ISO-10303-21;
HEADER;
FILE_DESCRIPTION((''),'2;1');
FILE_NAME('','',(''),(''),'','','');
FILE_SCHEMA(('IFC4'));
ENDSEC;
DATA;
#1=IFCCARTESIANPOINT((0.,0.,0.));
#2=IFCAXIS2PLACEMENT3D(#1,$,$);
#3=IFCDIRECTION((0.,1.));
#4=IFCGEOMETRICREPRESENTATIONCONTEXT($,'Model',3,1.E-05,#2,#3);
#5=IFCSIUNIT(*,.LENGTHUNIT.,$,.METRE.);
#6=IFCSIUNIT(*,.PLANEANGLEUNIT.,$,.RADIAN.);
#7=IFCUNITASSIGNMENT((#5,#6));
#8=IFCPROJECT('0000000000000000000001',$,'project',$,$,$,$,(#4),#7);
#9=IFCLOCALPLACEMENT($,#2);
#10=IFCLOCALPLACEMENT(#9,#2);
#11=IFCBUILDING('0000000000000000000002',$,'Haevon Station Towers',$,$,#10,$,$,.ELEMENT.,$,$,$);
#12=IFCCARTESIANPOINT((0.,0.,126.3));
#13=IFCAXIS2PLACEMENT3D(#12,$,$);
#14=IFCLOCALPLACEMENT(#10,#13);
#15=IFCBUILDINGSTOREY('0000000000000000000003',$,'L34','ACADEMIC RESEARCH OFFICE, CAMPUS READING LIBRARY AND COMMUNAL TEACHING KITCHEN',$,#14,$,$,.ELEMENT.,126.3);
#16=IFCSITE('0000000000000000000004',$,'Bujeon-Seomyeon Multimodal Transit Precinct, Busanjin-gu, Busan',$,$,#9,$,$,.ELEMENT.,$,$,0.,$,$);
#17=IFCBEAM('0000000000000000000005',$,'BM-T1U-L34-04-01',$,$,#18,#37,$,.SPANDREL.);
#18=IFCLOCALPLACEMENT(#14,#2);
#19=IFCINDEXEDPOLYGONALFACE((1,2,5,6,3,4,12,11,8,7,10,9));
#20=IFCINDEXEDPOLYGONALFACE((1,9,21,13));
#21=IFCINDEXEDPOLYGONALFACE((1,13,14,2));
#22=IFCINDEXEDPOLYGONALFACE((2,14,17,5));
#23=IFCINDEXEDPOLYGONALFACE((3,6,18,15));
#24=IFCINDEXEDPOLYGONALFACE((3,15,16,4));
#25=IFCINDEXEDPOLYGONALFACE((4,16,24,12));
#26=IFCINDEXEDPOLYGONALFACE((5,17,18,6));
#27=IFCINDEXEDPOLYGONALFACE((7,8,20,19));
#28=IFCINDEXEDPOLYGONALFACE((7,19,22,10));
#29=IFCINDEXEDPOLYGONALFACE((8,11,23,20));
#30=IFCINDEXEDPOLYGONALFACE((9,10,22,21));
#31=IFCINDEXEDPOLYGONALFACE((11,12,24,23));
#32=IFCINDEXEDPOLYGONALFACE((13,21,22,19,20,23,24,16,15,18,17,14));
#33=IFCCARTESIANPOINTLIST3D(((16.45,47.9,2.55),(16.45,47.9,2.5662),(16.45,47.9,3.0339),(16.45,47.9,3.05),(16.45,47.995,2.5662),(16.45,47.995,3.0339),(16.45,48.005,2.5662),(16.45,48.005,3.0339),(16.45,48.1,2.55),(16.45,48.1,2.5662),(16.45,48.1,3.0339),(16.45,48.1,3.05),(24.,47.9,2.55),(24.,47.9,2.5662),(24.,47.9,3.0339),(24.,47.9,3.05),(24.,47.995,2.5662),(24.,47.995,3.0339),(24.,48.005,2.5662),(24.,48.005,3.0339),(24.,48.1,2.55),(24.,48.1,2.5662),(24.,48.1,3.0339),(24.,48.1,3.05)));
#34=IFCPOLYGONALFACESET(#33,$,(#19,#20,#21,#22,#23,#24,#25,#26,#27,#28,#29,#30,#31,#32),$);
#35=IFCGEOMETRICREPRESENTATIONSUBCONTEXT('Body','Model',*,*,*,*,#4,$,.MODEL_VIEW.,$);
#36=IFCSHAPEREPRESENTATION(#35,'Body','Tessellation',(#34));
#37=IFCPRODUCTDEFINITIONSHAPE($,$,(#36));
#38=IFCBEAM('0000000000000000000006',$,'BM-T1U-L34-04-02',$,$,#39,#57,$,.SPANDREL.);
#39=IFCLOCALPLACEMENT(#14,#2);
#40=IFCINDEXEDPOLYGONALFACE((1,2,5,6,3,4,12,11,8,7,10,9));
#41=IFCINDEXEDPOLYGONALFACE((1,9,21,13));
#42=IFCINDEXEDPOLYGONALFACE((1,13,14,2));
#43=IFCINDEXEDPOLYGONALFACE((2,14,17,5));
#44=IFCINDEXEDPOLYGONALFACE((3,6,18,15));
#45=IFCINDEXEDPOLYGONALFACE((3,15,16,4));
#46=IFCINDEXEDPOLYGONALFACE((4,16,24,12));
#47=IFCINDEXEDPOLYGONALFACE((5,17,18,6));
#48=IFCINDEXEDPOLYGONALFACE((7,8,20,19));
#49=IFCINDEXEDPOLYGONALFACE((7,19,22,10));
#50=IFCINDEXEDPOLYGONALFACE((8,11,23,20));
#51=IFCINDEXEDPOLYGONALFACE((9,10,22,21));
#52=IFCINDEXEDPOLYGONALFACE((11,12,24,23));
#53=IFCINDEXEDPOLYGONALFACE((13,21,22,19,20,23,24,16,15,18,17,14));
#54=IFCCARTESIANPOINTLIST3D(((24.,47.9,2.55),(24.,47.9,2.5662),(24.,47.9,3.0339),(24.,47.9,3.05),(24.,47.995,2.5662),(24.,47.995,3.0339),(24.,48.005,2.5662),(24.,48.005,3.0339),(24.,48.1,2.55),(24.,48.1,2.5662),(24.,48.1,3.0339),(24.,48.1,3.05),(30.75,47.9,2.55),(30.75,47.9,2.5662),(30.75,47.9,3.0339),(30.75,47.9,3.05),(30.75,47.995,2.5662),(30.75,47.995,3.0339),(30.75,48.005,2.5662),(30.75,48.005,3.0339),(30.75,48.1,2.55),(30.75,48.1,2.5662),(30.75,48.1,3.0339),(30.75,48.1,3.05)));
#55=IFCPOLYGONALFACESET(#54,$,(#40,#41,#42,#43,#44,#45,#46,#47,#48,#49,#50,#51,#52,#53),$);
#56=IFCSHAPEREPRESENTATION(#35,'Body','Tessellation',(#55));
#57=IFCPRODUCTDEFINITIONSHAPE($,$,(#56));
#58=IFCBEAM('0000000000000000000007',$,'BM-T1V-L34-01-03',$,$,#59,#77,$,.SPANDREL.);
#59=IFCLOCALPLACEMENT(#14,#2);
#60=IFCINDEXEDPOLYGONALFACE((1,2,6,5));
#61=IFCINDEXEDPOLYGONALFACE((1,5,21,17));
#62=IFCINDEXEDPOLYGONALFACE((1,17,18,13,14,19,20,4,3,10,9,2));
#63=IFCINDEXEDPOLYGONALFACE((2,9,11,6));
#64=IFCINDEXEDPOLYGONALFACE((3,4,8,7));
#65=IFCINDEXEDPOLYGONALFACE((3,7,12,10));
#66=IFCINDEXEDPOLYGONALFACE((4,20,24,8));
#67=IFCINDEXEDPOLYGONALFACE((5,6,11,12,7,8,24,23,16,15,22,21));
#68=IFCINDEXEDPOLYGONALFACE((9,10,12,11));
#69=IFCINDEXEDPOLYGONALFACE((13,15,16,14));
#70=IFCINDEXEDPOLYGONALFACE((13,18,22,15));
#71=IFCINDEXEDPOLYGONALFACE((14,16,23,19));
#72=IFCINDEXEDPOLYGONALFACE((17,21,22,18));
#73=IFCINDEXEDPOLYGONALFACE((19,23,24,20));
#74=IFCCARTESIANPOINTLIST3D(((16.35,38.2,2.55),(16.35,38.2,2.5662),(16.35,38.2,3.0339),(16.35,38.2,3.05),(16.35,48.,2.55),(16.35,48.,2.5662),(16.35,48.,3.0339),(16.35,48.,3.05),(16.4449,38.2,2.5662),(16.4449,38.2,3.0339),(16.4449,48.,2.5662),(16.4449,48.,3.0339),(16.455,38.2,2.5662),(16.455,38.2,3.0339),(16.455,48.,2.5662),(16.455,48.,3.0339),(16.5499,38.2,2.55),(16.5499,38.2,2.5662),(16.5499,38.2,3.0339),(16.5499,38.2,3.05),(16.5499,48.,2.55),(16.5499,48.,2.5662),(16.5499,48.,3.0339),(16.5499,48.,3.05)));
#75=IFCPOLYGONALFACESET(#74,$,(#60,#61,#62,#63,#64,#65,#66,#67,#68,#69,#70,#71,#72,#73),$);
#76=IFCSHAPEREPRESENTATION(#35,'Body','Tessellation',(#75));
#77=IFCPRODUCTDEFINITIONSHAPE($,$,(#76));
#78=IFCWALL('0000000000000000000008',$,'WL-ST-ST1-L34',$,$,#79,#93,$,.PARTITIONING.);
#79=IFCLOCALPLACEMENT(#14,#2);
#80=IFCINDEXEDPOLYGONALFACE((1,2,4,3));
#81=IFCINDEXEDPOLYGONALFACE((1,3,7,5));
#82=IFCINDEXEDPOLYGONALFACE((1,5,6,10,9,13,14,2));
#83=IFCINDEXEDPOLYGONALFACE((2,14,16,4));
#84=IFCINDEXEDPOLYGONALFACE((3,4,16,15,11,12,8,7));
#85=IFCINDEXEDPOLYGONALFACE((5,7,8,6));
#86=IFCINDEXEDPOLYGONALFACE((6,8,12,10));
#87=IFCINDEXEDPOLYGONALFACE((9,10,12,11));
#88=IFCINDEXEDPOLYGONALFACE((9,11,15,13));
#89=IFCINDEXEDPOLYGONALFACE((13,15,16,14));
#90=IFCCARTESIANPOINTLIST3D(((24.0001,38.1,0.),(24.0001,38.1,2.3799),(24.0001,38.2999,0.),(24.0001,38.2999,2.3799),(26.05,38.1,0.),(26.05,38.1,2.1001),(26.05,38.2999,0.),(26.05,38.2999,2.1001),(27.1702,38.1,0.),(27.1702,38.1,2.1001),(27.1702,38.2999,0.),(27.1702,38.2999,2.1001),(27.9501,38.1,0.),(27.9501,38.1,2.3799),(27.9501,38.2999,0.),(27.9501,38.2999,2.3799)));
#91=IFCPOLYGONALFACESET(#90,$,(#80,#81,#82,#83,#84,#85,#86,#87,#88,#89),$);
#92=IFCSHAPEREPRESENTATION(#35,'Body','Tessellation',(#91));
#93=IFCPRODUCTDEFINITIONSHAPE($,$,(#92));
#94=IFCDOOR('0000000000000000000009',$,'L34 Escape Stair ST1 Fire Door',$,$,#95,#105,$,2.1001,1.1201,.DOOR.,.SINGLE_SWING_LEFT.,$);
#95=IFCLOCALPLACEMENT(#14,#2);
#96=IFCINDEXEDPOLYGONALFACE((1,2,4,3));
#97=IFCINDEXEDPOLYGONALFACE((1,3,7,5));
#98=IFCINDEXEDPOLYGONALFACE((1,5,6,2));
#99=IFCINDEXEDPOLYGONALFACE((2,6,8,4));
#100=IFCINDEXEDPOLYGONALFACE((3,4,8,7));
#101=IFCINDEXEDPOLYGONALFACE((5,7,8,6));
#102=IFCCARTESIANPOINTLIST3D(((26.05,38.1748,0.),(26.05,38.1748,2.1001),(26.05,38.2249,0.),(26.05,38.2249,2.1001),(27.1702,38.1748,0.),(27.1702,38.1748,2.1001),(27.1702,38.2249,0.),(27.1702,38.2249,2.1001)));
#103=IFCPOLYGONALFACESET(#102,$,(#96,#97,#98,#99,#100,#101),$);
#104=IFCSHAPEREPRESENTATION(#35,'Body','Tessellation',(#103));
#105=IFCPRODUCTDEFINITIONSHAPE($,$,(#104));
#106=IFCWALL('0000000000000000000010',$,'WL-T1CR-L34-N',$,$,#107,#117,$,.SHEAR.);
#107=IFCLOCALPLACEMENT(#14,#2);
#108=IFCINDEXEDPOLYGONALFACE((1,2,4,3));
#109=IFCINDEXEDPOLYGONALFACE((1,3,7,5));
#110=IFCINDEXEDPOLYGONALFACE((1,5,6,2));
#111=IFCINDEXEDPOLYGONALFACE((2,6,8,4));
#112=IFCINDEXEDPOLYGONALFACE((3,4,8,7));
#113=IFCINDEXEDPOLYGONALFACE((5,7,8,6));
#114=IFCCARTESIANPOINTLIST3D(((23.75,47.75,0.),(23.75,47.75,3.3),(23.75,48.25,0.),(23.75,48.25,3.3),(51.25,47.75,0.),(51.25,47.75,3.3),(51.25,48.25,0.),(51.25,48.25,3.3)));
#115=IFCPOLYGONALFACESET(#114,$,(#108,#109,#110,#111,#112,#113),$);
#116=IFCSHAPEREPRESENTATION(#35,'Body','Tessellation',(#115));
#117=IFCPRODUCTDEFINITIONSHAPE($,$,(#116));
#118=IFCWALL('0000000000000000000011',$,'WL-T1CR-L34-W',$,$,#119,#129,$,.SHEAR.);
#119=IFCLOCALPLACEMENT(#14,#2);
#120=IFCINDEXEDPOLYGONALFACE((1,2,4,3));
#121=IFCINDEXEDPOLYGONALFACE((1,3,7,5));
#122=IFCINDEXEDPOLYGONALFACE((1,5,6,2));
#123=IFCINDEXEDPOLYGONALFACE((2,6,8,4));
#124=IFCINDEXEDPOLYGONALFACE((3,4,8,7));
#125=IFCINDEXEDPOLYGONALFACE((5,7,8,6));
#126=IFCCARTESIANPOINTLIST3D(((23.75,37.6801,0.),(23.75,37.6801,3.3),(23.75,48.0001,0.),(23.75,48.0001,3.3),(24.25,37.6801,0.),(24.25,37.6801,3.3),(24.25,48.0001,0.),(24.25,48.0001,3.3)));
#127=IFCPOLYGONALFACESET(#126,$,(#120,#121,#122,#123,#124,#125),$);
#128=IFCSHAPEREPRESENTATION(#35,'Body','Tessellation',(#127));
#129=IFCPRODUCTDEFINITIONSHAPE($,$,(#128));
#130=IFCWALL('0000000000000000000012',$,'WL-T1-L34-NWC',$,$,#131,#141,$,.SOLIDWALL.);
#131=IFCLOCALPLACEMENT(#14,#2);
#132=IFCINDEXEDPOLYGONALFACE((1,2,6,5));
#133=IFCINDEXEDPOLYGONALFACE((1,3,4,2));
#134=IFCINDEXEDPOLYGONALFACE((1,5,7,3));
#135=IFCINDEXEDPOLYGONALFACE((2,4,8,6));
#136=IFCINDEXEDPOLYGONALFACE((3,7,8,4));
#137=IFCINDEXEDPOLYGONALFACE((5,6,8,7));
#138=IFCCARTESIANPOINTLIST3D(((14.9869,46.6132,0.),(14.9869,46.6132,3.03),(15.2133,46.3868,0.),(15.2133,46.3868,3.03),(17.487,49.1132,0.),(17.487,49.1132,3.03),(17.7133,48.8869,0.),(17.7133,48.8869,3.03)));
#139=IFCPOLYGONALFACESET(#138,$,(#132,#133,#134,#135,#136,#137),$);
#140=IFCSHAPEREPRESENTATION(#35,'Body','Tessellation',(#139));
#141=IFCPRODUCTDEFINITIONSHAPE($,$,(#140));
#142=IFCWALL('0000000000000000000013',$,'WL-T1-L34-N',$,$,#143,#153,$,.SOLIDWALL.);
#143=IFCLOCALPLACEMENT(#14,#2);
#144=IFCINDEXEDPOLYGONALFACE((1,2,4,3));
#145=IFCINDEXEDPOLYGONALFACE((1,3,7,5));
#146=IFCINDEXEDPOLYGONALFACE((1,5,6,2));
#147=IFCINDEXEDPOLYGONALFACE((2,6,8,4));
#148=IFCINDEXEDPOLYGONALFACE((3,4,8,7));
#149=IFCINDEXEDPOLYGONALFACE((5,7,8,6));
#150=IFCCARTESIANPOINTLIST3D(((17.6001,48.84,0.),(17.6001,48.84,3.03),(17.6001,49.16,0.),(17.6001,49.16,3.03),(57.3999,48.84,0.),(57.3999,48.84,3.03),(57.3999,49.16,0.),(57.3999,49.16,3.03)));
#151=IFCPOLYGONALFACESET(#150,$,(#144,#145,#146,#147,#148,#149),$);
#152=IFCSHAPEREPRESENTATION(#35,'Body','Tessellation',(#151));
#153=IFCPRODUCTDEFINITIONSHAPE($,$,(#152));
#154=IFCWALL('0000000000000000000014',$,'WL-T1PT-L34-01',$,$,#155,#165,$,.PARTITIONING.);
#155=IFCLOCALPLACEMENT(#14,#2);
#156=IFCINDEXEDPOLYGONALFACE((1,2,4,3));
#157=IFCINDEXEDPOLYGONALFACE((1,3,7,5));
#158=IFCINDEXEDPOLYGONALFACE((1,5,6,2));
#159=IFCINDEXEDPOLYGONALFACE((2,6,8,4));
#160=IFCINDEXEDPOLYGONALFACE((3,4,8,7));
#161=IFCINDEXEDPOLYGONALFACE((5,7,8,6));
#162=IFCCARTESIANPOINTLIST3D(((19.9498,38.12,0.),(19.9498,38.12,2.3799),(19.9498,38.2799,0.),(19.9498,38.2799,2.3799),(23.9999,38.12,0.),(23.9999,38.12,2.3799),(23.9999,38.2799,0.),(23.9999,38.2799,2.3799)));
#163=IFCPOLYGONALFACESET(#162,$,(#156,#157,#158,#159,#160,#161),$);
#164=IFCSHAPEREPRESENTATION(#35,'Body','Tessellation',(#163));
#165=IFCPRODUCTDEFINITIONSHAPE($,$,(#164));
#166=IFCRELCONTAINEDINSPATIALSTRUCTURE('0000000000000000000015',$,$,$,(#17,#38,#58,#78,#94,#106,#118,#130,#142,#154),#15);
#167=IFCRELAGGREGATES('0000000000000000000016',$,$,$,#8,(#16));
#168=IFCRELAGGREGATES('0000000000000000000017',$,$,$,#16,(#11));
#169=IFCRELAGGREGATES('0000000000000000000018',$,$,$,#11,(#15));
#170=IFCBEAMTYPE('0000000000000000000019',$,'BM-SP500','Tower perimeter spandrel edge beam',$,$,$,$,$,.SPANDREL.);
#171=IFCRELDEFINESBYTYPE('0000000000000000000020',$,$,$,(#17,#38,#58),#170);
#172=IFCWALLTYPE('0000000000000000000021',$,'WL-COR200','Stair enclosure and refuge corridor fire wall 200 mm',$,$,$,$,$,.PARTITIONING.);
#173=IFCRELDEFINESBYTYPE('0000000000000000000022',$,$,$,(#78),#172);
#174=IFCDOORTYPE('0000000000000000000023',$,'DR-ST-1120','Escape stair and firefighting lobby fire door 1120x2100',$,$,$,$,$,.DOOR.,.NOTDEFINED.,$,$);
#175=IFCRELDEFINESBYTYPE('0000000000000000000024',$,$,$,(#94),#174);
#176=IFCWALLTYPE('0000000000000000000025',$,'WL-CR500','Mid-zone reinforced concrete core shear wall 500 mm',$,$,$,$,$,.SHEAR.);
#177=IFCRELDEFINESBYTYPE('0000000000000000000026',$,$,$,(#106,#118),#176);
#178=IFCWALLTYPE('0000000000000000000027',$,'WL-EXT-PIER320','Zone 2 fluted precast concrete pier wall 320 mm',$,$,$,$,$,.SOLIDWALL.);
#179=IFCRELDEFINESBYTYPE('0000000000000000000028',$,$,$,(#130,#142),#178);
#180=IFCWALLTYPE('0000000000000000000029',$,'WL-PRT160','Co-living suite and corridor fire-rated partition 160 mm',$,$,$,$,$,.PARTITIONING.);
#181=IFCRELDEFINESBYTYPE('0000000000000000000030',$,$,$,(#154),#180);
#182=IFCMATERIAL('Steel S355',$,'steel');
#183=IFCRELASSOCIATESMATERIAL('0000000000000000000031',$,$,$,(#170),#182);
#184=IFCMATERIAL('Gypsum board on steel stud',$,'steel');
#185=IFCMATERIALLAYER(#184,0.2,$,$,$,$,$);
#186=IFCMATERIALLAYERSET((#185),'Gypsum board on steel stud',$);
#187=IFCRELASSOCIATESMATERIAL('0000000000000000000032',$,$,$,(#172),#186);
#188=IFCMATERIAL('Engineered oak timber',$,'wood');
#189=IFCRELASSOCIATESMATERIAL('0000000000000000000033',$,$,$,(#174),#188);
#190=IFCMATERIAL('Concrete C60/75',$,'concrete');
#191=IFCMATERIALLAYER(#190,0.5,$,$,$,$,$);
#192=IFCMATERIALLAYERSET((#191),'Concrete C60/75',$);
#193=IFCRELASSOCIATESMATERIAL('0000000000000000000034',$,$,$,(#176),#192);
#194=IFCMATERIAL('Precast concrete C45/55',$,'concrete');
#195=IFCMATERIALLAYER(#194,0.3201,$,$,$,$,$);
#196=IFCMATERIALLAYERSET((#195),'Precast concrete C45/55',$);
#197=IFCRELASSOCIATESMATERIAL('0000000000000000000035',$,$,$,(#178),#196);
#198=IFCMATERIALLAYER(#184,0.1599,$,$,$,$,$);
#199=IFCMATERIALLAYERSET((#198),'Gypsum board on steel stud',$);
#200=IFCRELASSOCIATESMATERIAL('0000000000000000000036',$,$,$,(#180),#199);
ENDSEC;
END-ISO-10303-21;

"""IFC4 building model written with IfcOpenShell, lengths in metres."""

from ifc_helpers import new_model, si_unit, direction, frame, frame_2d, origin, origin_2d, place, context, subcontext, project, spatial, rectangle, i_section, extrude, material, layer, layer_set, material_profile, profile_set, type_object, element, fill, save


model = new_model("IFC4")

# Units and contexts
model_context = context("Model", 3, precision=1e-05, world=origin(), true_north=direction((0.0, 1.0)))
body_context = subcontext(model_context, "Body", "Model", "MODEL_VIEW")
ifc_project = project(units=[si_unit("LENGTHUNIT", "METRE"), si_unit("PLANEANGLEUNIT", "RADIAN")], contexts=[model_context])

# Site, building, storey
site_placement = place(None, origin())
site = spatial("IfcSite", under=ifc_project, at=site_placement, Name="Bujeon-Seomyeon Multimodal Transit Precinct, Busanjin-gu, Busan", CompositionType="ELEMENT", RefElevation=0.0)
building_placement = place(site_placement, origin())
building = spatial("IfcBuilding", under=site, at=building_placement, Name="Haevon Station Towers", CompositionType="ELEMENT")
storey_placement = place(building_placement, frame((0.0, 0.0, 126.3)))
storey = spatial("IfcBuildingStorey", under=building, at=storey_placement, Name="L34", Description="ACADEMIC RESEARCH OFFICE, CAMPUS READING LIBRARY AND COMMUNAL TEACHING KITCHEN", CompositionType="ELEMENT", Elevation=126.3)

# Beams
ifc_material_1 = material(Name="Steel S355", Category="steel")
ifc_material_profile_1 = material_profile(ifc_material_1, i_section(OverallWidth=0.2, OverallDepth=0.5, WebThickness=0.01, FlangeThickness=0.0161, at=origin_2d()), Name="H-500x200x10x16")
ifc_profile_set_1 = profile_set([ifc_material_profile_1], Name="Steel S355")
beam_type_1 = type_object("IfcBeamType", Name="BM-SP500", Description="Tower perimeter spandrel edge beam", PredefinedType="SPANDREL", material=ifc_profile_set_1)
beam_1_placement = place(storey_placement, frame((16.45, 48.0, 2.8), z_axis=(1.0, 0.0, 0.0), x_axis=(0.0, 1.0, 0.0)))
element("IfcBeam", 1, at=beam_1_placement, inside=storey, type_object=beam_type_1, Name="BM-T1U-L34-04-01", PredefinedType="SPANDREL", context=body_context, shape_type="SweptSolid", body=[
    extrude(i_section(OverallWidth=0.2, OverallDepth=0.5, WebThickness=0.01, FlangeThickness=0.0161, at=origin_2d()), origin(), (0.0, 0.0, 1.0), 7.55),
])
beam_2_placement = place(storey_placement, frame((24.0, 48.0, 2.8), z_axis=(1.0, 0.0, 0.0), x_axis=(0.0, 1.0, 0.0)))
element("IfcBeam", 2, at=beam_2_placement, inside=storey, type_object=beam_type_1, Name="BM-T1U-L34-04-02", PredefinedType="SPANDREL", context=body_context, shape_type="SweptSolid", body=[
    extrude(i_section(OverallWidth=0.2, OverallDepth=0.5, WebThickness=0.01, FlangeThickness=0.0161, at=origin_2d()), origin(), (0.0, 0.0, 1.0), 6.75),
])
beam_3_placement = place(storey_placement, frame((16.45, 38.2, 2.8), z_axis=(0.0, 1.0, 0.0), x_axis=(-1.0, 0.0, 0.0)))
element("IfcBeam", 3, at=beam_3_placement, inside=storey, type_object=beam_type_1, Name="BM-T1V-L34-01-03", PredefinedType="SPANDREL", context=body_context, shape_type="SweptSolid", body=[
    extrude(i_section(OverallWidth=0.2, OverallDepth=0.5, WebThickness=0.01, FlangeThickness=0.0161, at=origin_2d()), origin(), (0.0, 0.0, 1.0), 9.8),
])

# Wall, opening, door
ifc_material_2 = material(Name="Gypsum board on steel stud", Category="steel")
ifc_layer_1 = layer(ifc_material_2, 0.2)
ifc_layer_set_1 = layer_set([ifc_layer_1], Name="Gypsum board on steel stud")
wall_type_1 = type_object("IfcWallType", Name="WL-COR200", Description="Stair enclosure and refuge corridor fire wall 200 mm", PredefinedType="PARTITIONING", material=ifc_layer_set_1)
wall_1_placement = place(storey_placement, frame((24.0, 38.2, 0.0), z_axis=(0.0, 0.0, 1.0), x_axis=(1.0, 0.0, 0.0)))
wall_1 = element("IfcWall", 4, at=wall_1_placement, inside=storey, type_object=wall_type_1, Name="WL-ST-ST1-L34", PredefinedType="PARTITIONING", context=body_context, shape_type="SweptSolid", body=[
    extrude(rectangle(XDim=3.95, YDim=0.2, at=frame_2d((1.9751, 0.0))), origin(), (0.0, 0.0, 1.0), 2.3799),
])
opening_1_placement = place(wall_1_placement, frame((2.05, 0.0, 0.0)))
opening_1 = element("IfcOpeningElement", 5, at=opening_1_placement, cuts=wall_1, PredefinedType="OPENING", context=body_context, shape_type="SweptSolid", body=[
    extrude(rectangle(XDim=1.1201, YDim=2.1001, at=frame_2d((0.5601, 1.05))), frame((0.0, 0.1099, 0.0), z_axis=(0.0, -1.0, 0.0), x_axis=(1.0, 0.0, 0.0)), (0.0, 0.0, 1.0), 0.22),
])
ifc_material_3 = material(Name="Engineered oak timber", Category="wood")
door_type_1 = type_object("IfcDoorType", Name="DR-ST-1120", Description="Escape stair and firefighting lobby fire door 1120x2100", OperationType="NOTDEFINED", PredefinedType="DOOR", material=ifc_material_3)
door_1_placement = place(opening_1_placement, origin())
door_1 = element("IfcDoor", 6, at=door_1_placement, inside=storey, type_object=door_type_1, Name="L34 Escape Stair ST1 Fire Door", OperationType="SINGLE_SWING_LEFT", OverallHeight=2.1001, OverallWidth=1.1201, PredefinedType="DOOR", context=body_context, shape_type="SweptSolid", body=[
    extrude(rectangle(XDim=1.1201, YDim=2.1001, at=frame_2d((0.5601, 1.05))), frame((0.0, 0.0249, 0.0), z_axis=(0.0, -1.0, 0.0), x_axis=(1.0, 0.0, 0.0)), (0.0, 0.0, 1.0), 0.05),
])
fill(opening_1, door_1)

# Walls
ifc_material_4 = material(Name="Concrete C60/75", Category="concrete")
ifc_layer_2 = layer(ifc_material_4, 0.5)
ifc_layer_set_2 = layer_set([ifc_layer_2], Name="Concrete C60/75")
wall_type_2 = type_object("IfcWallType", Name="WL-CR500", Description="Mid-zone reinforced concrete core shear wall 500 mm", PredefinedType="SHEAR", material=ifc_layer_set_2)
wall_2_placement = place(storey_placement, frame((23.75, 48.0, 0.0), z_axis=(0.0, 0.0, 1.0), x_axis=(1.0, 0.0, 0.0)))
element("IfcWall", 7, at=wall_2_placement, inside=storey, type_object=wall_type_2, Name="WL-T1CR-L34-N", PredefinedType="SHEAR", context=body_context, shape_type="SweptSolid", body=[
    extrude(rectangle(XDim=27.5, YDim=0.5, at=frame_2d((13.75, 0.0))), origin(), (0.0, 0.0, 1.0), 3.3),
])
wall_3_placement = place(storey_placement, frame((24.0, 37.6799, 0.0), z_axis=(0.0, 0.0, 1.0), x_axis=(0.0, 1.0, 0.0)))
element("IfcWall", 8, at=wall_3_placement, inside=storey, type_object=wall_type_2, Name="WL-T1CR-L34-W", PredefinedType="SHEAR", context=body_context, shape_type="SweptSolid", body=[
    extrude(rectangle(XDim=10.3201, YDim=0.5, at=frame_2d((5.1602, 0.0))), origin(), (0.0, 0.0, 1.0), 3.3),
])
ifc_material_5 = material(Name="Precast concrete C45/55", Category="concrete")
ifc_layer_3 = layer(ifc_material_5, 0.3201)
ifc_layer_set_3 = layer_set([ifc_layer_3], Name="Precast concrete C45/55")
wall_type_3 = type_object("IfcWallType", Name="WL-EXT-PIER320", Description="Zone 2 fluted precast concrete pier wall 320 mm", PredefinedType="SOLIDWALL", material=ifc_layer_set_3)
wall_4_placement = place(storey_placement, frame((15.1001, 46.5, 0.0), z_axis=(0.0, 0.0, 1.0), x_axis=(0.707107, 0.707107, 0.0)))
element("IfcWall", 9, at=wall_4_placement, inside=storey, type_object=wall_type_3, Name="WL-T1-L34-NWC", PredefinedType="SOLIDWALL", context=body_context, shape_type="SweptSolid", body=[
    extrude(rectangle(XDim=3.5356, YDim=0.3201, at=frame_2d((1.7678, 0.0))), origin(), (0.0, 0.0, 1.0), 3.03),
])
wall_5_placement = place(storey_placement, frame((17.6001, 49.0, 0.0), z_axis=(0.0, 0.0, 1.0), x_axis=(1.0, 0.0, 0.0)))
element("IfcWall", 10, at=wall_5_placement, inside=storey, type_object=wall_type_3, Name="WL-T1-L34-N", PredefinedType="SOLIDWALL", context=body_context, shape_type="SweptSolid", body=[
    extrude(rectangle(XDim=39.7998, YDim=0.3201, at=frame_2d((19.8999, 0.0))), origin(), (0.0, 0.0, 1.0), 3.03),
])
ifc_layer_4 = layer(ifc_material_2, 0.1599)
ifc_layer_set_4 = layer_set([ifc_layer_4], Name="Gypsum board on steel stud")
wall_type_4 = type_object("IfcWallType", Name="WL-PRT160", Description="Co-living suite and corridor fire-rated partition 160 mm", PredefinedType="PARTITIONING", material=ifc_layer_set_4)
wall_6_placement = place(storey_placement, frame((19.95, 38.2, 0.0), z_axis=(0.0, 0.0, 1.0), x_axis=(1.0, 0.0, 0.0)))
element("IfcWall", 11, at=wall_6_placement, inside=storey, type_object=wall_type_4, Name="WL-T1PT-L34-01", PredefinedType="PARTITIONING", context=body_context, shape_type="SweptSolid", body=[
    extrude(rectangle(XDim=4.05, YDim=0.1599, at=frame_2d((2.0249, 0.0))), origin(), (0.0, 0.0, 1.0), 2.3799),
])

save(model, "model.ifc")
